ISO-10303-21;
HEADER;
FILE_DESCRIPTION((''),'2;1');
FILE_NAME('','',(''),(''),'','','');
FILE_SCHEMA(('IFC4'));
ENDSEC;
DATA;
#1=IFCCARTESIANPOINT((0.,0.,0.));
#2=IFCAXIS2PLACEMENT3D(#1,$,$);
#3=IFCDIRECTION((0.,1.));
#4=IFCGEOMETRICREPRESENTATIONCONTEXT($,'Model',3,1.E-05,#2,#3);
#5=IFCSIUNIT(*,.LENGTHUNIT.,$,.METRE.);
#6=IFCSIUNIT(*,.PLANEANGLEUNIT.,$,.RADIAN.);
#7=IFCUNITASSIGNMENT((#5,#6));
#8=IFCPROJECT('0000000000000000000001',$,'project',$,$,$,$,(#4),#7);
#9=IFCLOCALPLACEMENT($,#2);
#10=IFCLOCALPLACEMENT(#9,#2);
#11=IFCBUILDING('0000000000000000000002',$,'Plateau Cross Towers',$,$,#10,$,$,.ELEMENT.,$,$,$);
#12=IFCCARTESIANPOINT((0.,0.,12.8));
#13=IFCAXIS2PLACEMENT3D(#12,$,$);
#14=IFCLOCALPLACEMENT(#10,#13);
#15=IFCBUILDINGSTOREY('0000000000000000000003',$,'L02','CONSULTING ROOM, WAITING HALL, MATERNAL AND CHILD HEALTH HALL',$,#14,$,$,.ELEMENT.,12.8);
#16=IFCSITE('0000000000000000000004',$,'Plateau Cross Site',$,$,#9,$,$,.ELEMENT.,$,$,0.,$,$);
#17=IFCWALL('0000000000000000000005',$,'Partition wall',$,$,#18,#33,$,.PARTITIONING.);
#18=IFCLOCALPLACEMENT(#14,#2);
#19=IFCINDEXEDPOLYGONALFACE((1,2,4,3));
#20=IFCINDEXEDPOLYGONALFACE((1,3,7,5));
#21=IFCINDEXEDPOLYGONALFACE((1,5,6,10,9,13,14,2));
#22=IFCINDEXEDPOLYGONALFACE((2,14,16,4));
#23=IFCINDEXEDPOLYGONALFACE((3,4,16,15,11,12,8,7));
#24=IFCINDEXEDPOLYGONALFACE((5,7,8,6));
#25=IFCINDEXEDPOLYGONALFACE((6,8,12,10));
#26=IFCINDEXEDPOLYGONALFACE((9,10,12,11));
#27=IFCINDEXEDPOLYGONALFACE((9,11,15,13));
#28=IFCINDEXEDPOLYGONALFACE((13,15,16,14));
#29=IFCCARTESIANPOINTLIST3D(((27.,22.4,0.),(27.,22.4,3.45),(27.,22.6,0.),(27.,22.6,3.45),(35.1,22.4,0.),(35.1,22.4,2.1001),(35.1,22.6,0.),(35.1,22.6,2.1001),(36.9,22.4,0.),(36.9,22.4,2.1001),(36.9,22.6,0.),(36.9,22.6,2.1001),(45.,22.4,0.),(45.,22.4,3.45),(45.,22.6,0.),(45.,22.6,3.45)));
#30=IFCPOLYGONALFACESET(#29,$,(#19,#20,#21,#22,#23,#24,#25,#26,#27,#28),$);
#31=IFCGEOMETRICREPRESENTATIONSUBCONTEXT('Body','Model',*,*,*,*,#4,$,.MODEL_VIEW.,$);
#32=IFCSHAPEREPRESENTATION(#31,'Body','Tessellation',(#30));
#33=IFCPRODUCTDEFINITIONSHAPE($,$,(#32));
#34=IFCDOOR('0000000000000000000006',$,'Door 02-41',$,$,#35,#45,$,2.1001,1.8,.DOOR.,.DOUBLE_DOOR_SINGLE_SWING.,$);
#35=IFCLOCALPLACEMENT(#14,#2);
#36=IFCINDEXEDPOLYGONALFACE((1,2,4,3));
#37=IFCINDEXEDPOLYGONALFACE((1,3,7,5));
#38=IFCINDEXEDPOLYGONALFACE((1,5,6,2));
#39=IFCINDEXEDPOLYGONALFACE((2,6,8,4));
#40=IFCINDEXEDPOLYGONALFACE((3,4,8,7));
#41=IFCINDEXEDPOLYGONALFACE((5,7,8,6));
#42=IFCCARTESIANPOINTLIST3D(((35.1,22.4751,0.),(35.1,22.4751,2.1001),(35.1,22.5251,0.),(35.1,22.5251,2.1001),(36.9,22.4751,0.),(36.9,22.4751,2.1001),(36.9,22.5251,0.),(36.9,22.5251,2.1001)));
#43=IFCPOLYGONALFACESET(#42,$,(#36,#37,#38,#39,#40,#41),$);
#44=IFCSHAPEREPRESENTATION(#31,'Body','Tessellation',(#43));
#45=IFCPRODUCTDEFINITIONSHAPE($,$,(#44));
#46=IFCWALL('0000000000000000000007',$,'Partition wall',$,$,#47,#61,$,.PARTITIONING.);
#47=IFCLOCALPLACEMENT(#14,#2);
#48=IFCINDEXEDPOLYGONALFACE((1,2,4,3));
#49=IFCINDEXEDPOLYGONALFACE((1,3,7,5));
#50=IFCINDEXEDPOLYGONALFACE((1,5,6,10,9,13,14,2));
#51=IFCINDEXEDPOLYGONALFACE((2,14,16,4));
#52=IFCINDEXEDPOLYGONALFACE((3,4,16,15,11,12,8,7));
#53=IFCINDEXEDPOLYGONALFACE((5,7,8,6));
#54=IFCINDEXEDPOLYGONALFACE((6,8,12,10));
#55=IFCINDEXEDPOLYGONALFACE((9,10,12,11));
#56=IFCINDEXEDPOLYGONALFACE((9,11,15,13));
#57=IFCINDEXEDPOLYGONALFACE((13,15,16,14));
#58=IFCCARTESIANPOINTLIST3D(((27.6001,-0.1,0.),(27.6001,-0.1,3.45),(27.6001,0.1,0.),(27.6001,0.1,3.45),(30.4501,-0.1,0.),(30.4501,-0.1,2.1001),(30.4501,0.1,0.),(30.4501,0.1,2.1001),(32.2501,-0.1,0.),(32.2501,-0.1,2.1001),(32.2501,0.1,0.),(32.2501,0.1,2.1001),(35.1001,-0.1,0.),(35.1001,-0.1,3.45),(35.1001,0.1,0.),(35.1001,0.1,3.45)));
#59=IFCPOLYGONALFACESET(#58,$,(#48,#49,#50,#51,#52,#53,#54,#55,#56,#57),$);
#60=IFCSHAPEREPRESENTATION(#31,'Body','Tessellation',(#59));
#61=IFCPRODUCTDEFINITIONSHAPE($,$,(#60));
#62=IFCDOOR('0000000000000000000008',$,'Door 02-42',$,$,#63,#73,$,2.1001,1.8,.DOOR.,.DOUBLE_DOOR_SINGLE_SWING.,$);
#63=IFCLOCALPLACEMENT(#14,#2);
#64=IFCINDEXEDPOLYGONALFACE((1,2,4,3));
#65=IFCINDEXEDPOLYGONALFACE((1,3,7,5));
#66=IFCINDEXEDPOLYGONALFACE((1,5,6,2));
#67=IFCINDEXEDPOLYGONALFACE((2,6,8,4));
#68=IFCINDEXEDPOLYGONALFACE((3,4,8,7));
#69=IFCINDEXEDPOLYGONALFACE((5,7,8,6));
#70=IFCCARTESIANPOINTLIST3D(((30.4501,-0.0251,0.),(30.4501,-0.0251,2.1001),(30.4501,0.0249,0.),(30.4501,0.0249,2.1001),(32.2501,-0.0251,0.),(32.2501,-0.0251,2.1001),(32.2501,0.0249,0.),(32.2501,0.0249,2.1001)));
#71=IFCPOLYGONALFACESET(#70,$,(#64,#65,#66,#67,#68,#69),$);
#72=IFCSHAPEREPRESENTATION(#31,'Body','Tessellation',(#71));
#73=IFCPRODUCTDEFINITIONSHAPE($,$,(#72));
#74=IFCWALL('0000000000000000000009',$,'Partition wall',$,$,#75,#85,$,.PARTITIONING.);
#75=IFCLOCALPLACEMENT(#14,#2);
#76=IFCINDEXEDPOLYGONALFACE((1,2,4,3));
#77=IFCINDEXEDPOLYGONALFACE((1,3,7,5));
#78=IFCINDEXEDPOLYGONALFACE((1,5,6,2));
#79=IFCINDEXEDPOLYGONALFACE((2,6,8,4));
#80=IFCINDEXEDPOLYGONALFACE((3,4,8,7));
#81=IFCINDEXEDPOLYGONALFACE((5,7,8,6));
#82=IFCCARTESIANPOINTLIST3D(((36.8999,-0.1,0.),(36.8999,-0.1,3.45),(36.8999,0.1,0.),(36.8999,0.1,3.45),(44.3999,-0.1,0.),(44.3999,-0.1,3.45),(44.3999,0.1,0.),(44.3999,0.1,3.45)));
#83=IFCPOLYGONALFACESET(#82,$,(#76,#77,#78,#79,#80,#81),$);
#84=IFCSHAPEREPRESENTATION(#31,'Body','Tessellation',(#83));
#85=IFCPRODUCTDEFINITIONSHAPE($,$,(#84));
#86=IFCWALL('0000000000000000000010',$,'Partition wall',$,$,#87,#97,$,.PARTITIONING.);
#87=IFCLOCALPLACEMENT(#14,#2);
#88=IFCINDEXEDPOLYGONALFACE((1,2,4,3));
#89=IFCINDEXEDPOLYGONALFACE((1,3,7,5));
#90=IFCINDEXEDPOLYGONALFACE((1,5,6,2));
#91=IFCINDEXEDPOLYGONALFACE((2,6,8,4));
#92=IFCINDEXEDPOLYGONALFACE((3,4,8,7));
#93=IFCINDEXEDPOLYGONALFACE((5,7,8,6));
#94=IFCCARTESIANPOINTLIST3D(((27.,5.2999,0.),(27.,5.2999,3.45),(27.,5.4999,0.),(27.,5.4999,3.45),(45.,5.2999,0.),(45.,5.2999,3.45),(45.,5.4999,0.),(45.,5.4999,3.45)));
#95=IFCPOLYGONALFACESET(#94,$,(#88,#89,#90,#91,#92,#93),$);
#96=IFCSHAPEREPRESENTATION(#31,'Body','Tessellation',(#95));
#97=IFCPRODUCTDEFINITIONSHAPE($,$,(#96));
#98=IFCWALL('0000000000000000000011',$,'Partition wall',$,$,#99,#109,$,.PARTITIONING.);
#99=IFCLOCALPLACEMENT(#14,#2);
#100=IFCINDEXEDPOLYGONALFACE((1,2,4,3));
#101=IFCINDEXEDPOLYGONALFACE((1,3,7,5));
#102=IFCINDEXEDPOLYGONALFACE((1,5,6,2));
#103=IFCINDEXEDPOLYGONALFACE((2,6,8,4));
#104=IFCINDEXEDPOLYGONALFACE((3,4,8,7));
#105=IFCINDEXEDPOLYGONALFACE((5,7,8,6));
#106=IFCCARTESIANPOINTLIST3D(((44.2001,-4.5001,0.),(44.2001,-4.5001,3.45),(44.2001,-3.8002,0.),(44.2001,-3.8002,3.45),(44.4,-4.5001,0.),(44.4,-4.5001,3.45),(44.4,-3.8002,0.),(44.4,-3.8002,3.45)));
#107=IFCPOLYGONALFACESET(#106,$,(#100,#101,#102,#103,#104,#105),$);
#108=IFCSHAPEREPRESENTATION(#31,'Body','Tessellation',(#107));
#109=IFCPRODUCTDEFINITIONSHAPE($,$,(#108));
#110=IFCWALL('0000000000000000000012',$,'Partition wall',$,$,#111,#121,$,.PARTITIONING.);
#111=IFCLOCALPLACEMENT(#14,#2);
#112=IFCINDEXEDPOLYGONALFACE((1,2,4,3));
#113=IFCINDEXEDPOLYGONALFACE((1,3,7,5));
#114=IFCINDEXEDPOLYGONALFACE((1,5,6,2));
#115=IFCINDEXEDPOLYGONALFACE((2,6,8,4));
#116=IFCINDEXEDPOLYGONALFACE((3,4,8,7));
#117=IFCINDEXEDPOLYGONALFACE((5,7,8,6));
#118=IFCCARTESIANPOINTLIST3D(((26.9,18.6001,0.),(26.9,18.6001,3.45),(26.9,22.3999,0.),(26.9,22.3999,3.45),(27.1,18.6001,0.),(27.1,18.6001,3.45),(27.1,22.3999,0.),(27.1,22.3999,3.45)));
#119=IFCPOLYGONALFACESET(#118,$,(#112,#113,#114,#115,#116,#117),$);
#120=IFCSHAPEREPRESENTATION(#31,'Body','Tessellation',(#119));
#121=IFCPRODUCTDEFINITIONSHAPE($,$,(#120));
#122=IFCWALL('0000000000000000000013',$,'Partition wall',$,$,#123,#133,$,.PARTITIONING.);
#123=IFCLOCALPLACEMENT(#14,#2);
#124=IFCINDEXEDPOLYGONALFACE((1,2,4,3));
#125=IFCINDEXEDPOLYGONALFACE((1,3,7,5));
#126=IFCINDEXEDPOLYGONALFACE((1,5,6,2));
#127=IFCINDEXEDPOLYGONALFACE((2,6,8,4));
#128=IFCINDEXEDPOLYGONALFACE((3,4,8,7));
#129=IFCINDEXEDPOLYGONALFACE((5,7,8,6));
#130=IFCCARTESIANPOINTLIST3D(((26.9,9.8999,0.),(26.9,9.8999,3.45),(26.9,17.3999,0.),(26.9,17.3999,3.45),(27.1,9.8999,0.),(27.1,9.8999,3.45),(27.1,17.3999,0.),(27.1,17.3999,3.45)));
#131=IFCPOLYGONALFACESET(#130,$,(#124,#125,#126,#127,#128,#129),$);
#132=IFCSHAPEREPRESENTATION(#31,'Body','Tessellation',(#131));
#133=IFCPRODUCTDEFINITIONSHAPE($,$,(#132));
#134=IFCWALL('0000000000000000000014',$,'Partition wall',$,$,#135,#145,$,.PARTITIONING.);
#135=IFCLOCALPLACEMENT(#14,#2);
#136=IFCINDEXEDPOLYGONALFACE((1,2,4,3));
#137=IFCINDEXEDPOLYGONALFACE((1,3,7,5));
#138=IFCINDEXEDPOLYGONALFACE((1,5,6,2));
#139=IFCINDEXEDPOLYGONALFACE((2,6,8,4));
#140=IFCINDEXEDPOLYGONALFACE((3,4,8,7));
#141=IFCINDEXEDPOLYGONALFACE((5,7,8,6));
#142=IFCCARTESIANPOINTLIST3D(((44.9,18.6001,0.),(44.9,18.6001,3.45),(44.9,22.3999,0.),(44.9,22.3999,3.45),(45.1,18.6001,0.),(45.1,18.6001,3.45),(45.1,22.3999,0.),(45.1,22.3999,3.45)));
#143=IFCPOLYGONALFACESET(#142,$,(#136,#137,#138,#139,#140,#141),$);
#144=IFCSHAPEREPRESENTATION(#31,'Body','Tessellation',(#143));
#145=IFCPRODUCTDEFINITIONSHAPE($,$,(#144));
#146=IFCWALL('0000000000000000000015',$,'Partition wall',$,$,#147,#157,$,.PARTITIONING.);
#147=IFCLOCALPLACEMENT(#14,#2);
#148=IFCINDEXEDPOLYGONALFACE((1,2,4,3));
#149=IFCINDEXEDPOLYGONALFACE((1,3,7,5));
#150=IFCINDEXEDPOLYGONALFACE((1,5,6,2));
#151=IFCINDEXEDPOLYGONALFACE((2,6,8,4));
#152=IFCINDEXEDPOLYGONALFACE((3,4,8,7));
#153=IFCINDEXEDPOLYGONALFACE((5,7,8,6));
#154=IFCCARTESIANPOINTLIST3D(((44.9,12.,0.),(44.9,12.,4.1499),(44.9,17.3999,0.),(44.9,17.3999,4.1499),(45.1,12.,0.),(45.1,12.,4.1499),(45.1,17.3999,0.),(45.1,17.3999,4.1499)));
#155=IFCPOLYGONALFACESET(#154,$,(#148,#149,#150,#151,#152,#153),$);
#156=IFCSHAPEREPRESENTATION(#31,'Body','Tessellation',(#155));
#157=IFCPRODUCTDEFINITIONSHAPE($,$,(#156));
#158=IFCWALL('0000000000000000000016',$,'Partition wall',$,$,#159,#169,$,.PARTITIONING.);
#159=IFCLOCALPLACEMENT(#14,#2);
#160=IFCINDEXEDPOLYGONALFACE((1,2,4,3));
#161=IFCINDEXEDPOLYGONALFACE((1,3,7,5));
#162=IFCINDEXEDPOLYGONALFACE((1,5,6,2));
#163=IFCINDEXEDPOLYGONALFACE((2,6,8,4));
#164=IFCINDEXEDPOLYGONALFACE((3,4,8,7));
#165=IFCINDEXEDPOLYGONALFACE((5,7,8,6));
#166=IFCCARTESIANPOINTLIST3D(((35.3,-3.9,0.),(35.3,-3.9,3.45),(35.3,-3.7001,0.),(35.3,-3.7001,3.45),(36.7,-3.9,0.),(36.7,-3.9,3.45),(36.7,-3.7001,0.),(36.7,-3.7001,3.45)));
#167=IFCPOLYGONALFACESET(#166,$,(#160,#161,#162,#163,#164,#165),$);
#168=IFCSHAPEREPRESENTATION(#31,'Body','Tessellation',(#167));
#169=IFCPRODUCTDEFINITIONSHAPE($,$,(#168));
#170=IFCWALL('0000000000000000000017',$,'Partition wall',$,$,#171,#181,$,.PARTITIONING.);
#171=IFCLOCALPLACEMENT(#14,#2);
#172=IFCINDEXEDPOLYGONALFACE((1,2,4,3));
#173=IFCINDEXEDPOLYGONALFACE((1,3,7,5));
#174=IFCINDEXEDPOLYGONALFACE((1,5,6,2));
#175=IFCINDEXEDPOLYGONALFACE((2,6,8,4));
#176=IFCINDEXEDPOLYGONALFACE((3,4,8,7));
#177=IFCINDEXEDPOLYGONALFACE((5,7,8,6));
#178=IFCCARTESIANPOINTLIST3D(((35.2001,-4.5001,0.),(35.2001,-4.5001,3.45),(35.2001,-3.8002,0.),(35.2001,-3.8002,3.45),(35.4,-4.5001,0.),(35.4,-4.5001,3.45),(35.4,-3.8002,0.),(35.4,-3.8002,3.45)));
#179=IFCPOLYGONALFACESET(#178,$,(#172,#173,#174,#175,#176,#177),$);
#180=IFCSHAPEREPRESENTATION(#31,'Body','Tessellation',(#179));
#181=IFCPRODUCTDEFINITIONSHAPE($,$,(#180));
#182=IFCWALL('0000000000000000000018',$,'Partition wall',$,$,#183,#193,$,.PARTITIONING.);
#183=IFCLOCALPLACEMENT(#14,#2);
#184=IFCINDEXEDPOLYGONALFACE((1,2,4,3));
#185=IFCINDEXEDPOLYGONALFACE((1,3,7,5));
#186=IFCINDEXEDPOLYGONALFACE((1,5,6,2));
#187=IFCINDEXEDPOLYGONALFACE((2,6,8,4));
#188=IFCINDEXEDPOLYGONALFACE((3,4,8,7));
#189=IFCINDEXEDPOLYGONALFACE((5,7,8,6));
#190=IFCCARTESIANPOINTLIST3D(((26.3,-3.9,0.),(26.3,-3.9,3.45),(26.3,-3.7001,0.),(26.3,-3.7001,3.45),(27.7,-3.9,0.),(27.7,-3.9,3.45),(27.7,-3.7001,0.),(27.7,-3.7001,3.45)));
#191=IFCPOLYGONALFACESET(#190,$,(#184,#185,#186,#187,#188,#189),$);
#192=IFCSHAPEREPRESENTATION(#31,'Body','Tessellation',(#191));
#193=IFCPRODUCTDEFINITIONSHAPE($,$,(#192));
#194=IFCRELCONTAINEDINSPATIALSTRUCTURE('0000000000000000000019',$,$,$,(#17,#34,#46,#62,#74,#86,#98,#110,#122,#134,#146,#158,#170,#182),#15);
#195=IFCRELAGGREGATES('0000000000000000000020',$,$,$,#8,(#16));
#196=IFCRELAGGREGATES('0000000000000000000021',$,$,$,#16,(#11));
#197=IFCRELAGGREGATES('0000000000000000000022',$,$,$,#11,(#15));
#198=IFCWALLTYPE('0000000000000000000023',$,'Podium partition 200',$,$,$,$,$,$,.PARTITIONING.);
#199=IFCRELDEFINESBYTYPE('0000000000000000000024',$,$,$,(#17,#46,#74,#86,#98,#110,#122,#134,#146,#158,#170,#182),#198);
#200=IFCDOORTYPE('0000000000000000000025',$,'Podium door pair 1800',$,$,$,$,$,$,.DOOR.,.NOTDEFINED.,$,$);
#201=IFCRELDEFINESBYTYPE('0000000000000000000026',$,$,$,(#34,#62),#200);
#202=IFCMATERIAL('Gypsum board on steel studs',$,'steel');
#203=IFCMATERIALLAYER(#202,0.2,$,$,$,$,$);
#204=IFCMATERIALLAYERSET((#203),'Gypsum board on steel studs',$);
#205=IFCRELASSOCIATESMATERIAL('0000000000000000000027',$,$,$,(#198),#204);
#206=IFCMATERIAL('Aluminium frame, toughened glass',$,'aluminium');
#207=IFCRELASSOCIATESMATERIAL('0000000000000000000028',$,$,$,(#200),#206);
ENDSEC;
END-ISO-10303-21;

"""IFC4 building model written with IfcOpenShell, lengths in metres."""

from ifc_helpers import new_model, si_unit, direction, frame, frame_2d, origin, place, context, subcontext, project, spatial, rectangle, extrude, material, layer, layer_set, type_object, element, fill, save


model = new_model("IFC4")

# Units and contexts
model_context = context("Model", 3, precision=1e-05, world=origin(), true_north=direction((0.0, 1.0)))
body_context = subcontext(model_context, "Body", "Model", "MODEL_VIEW")
ifc_project = project(units=[si_unit("LENGTHUNIT", "METRE"), si_unit("PLANEANGLEUNIT", "RADIAN")], contexts=[model_context])

# Site, building, storey
site_placement = place(None, origin())
site = spatial("IfcSite", under=ifc_project, at=site_placement, Name="Plateau Cross Site", CompositionType="ELEMENT", RefElevation=0.0)
building_placement = place(site_placement, origin())
building = spatial("IfcBuilding", under=site, at=building_placement, Name="Plateau Cross Towers", CompositionType="ELEMENT")
storey_placement = place(building_placement, frame((0.0, 0.0, 12.8)))
storey = spatial("IfcBuildingStorey", under=building, at=storey_placement, Name="L02", Description="CONSULTING ROOM, WAITING HALL, MATERNAL AND CHILD HEALTH HALL", CompositionType="ELEMENT", Elevation=12.8)

# Walls, openings, doors
ifc_material_1 = material(Name="Gypsum board on steel studs", Category="steel")
ifc_layer_1 = layer(ifc_material_1, 0.2)
ifc_layer_set_1 = layer_set([ifc_layer_1], Name="Gypsum board on steel studs")
wall_type_1 = type_object("IfcWallType", Name="Podium partition 200", PredefinedType="PARTITIONING", material=ifc_layer_set_1)
wall_1_placement = place(storey_placement, frame((45.0, 22.5, 0.0), z_axis=(0.0, 0.0, 1.0), x_axis=(-1.0, 0.0, 0.0)))
wall_1 = element("IfcWall", 1, at=wall_1_placement, inside=storey, type_object=wall_type_1, Name="Partition wall", PredefinedType="PARTITIONING", context=body_context, shape_type="SweptSolid", body=[
    extrude(rectangle(XDim=18.0, YDim=0.2, at=frame_2d((9.0, 0.0))), origin(), (0.0, 0.0, 1.0), 3.45),
])
opening_1_placement = place(wall_1_placement, frame((8.1001, 0.0, 0.0)))
opening_1 = element("IfcOpeningElement", 2, at=opening_1_placement, cuts=wall_1, PredefinedType="OPENING", context=body_context, shape_type="SweptSolid", body=[
    extrude(rectangle(XDim=1.8, YDim=2.1001, at=frame_2d((0.8999, 1.05))), frame((0.0, 0.1099, 0.0), z_axis=(0.0, -1.0, 0.0), x_axis=(1.0, 0.0, 0.0)), (0.0, 0.0, 1.0), 0.22),
])
ifc_material_2 = material(Name="Aluminium frame, toughened glass", Category="aluminium")
door_type = type_object("IfcDoorType", Name="Podium door pair 1800", OperationType="NOTDEFINED", PredefinedType="DOOR", material=ifc_material_2)
door_1_placement = place(opening_1_placement, origin())
door_1 = element("IfcDoor", 3, at=door_1_placement, inside=storey, type_object=door_type, Name="Door 02-41", OperationType="DOUBLE_DOOR_SINGLE_SWING", OverallHeight=2.1001, OverallWidth=1.8, PredefinedType="DOOR", context=body_context, shape_type="SweptSolid", body=[
    extrude(rectangle(XDim=1.8, YDim=2.1001, at=frame_2d((0.8999, 1.05))), frame((0.0, 0.0249, 0.0), z_axis=(0.0, -1.0, 0.0), x_axis=(1.0, 0.0, 0.0)), (0.0, 0.0, 1.0), 0.05),
])
fill(opening_1, door_1)
wall_2_placement = place(storey_placement, frame((27.6001, 0.0, 0.0), z_axis=(0.0, 0.0, 1.0), x_axis=(1.0, 0.0, 0.0)))
wall_2 = element("IfcWall", 4, at=wall_2_placement, inside=storey, type_object=wall_type_1, Name="Partition wall", PredefinedType="PARTITIONING", context=body_context, shape_type="SweptSolid", body=[
    extrude(rectangle(XDim=7.5, YDim=0.2, at=frame_2d((3.75, 0.0))), origin(), (0.0, 0.0, 1.0), 3.45),
])
opening_2_placement = place(wall_2_placement, frame((2.8501, 0.0, 0.0)))
opening_2 = element("IfcOpeningElement", 5, at=opening_2_placement, cuts=wall_2, PredefinedType="OPENING", context=body_context, shape_type="SweptSolid", body=[
    extrude(rectangle(XDim=1.8, YDim=2.1001, at=frame_2d((0.8999, 1.05))), frame((0.0, 0.1099, 0.0), z_axis=(0.0, -1.0, 0.0), x_axis=(1.0, 0.0, 0.0)), (0.0, 0.0, 1.0), 0.22),
])
door_2_placement = place(opening_2_placement, origin())
door_2 = element("IfcDoor", 6, at=door_2_placement, inside=storey, type_object=door_type, Name="Door 02-42", OperationType="DOUBLE_DOOR_SINGLE_SWING", OverallHeight=2.1001, OverallWidth=1.8, PredefinedType="DOOR", context=body_context, shape_type="SweptSolid", body=[
    extrude(rectangle(XDim=1.8, YDim=2.1001, at=frame_2d((0.8999, 1.05))), frame((0.0, 0.0249, 0.0), z_axis=(0.0, -1.0, 0.0), x_axis=(1.0, 0.0, 0.0)), (0.0, 0.0, 1.0), 0.05),
])
fill(opening_2, door_2)

# Walls
wall_3_placement = place(storey_placement, frame((36.8999, 0.0, 0.0), z_axis=(0.0, 0.0, 1.0), x_axis=(1.0, 0.0, 0.0)))
element("IfcWall", 7, at=wall_3_placement, inside=storey, type_object=wall_type_1, Name="Partition wall", PredefinedType="PARTITIONING", context=body_context, shape_type="SweptSolid", body=[
    extrude(rectangle(XDim=7.5, YDim=0.2, at=frame_2d((3.75, 0.0))), origin(), (0.0, 0.0, 1.0), 3.45),
])
wall_4_placement = place(storey_placement, frame((45.0, 5.3999, 0.0), z_axis=(0.0, 0.0, 1.0), x_axis=(-1.0, 0.0, 0.0)))
element("IfcWall", 8, at=wall_4_placement, inside=storey, type_object=wall_type_1, Name="Partition wall", PredefinedType="PARTITIONING", context=body_context, shape_type="SweptSolid", body=[
    extrude(rectangle(XDim=18.0, YDim=0.2, at=frame_2d((9.0, 0.0))), origin(), (0.0, 0.0, 1.0), 3.45),
])
wall_5_placement = place(storey_placement, frame((44.3, -3.8, 0.0), z_axis=(0.0, 0.0, 1.0), x_axis=(0.0, -1.0, 0.0)))
element("IfcWall", 9, at=wall_5_placement, inside=storey, type_object=wall_type_1, Name="Partition wall", PredefinedType="PARTITIONING", context=body_context, shape_type="SweptSolid", body=[
    extrude(rectangle(XDim=0.7, YDim=0.2, at=frame_2d((0.3501, 0.0))), origin(), (0.0, 0.0, 1.0), 3.45),
])
wall_6_placement = place(storey_placement, frame((27.0, 22.3999, 0.0), z_axis=(0.0, 0.0, 1.0), x_axis=(0.0, -1.0, 0.0)))
element("IfcWall", 10, at=wall_6_placement, inside=storey, type_object=wall_type_1, Name="Partition wall", PredefinedType="PARTITIONING", context=body_context, shape_type="SweptSolid", body=[
    extrude(rectangle(XDim=3.7998, YDim=0.2, at=frame_2d((1.8999, 0.0))), origin(), (0.0, 0.0, 1.0), 3.45),
])
wall_7_placement = place(storey_placement, frame((27.0, 17.3999, 0.0), z_axis=(0.0, 0.0, 1.0), x_axis=(0.0, -1.0, 0.0)))
element("IfcWall", 11, at=wall_7_placement, inside=storey, type_object=wall_type_1, Name="Partition wall", PredefinedType="PARTITIONING", context=body_context, shape_type="SweptSolid", body=[
    extrude(rectangle(XDim=7.5, YDim=0.2, at=frame_2d((3.75, 0.0))), origin(), (0.0, 0.0, 1.0), 3.45),
])
wall_8_placement = place(storey_placement, frame((45.0, 22.3999, 0.0), z_axis=(0.0, 0.0, 1.0), x_axis=(0.0, -1.0, 0.0)))
element("IfcWall", 12, at=wall_8_placement, inside=storey, type_object=wall_type_1, Name="Partition wall", PredefinedType="PARTITIONING", context=body_context, shape_type="SweptSolid", body=[
    extrude(rectangle(XDim=3.7998, YDim=0.2, at=frame_2d((1.8999, 0.0))), origin(), (0.0, 0.0, 1.0), 3.45),
])
wall_9_placement = place(storey_placement, frame((45.0, 17.3999, 0.0), z_axis=(0.0, 0.0, 1.0), x_axis=(0.0, -1.0, 0.0)))
element("IfcWall", 13, at=wall_9_placement, inside=storey, type_object=wall_type_1, Name="Partition wall", PredefinedType="PARTITIONING", context=body_context, shape_type="SweptSolid", body=[
    extrude(rectangle(XDim=5.3999, YDim=0.2, at=frame_2d((2.7, 0.0))), origin(), (0.0, 0.0, 1.0), 4.1499),
])
wall_10_placement = place(storey_placement, frame((36.7, -3.8, 0.0), z_axis=(0.0, 0.0, 1.0), x_axis=(-1.0, 0.0, 0.0)))
element("IfcWall", 14, at=wall_10_placement, inside=storey, type_object=wall_type_1, Name="Partition wall", PredefinedType="PARTITIONING", context=body_context, shape_type="SweptSolid", body=[
    extrude(rectangle(XDim=1.3999, YDim=0.2, at=frame_2d((0.7, 0.0))), origin(), (0.0, 0.0, 1.0), 3.45),
])
wall_11_placement = place(storey_placement, frame((35.3, -3.8, 0.0), z_axis=(0.0, 0.0, 1.0), x_axis=(0.0, -1.0, 0.0)))
element("IfcWall", 15, at=wall_11_placement, inside=storey, type_object=wall_type_1, Name="Partition wall", PredefinedType="PARTITIONING", context=body_context, shape_type="SweptSolid", body=[
    extrude(rectangle(XDim=0.7, YDim=0.2, at=frame_2d((0.3501, 0.0))), origin(), (0.0, 0.0, 1.0), 3.45),
])
wall_12_placement = place(storey_placement, frame((27.7, -3.8, 0.0), z_axis=(0.0, 0.0, 1.0), x_axis=(-1.0, 0.0, 0.0)))
element("IfcWall", 16, at=wall_12_placement, inside=storey, type_object=wall_type_1, Name="Partition wall", PredefinedType="PARTITIONING", context=body_context, shape_type="SweptSolid", body=[
    extrude(rectangle(XDim=1.3999, YDim=0.2, at=frame_2d((0.7, 0.0))), origin(), (0.0, 0.0, 1.0), 3.45),
])

save(model, "model.ifc")
